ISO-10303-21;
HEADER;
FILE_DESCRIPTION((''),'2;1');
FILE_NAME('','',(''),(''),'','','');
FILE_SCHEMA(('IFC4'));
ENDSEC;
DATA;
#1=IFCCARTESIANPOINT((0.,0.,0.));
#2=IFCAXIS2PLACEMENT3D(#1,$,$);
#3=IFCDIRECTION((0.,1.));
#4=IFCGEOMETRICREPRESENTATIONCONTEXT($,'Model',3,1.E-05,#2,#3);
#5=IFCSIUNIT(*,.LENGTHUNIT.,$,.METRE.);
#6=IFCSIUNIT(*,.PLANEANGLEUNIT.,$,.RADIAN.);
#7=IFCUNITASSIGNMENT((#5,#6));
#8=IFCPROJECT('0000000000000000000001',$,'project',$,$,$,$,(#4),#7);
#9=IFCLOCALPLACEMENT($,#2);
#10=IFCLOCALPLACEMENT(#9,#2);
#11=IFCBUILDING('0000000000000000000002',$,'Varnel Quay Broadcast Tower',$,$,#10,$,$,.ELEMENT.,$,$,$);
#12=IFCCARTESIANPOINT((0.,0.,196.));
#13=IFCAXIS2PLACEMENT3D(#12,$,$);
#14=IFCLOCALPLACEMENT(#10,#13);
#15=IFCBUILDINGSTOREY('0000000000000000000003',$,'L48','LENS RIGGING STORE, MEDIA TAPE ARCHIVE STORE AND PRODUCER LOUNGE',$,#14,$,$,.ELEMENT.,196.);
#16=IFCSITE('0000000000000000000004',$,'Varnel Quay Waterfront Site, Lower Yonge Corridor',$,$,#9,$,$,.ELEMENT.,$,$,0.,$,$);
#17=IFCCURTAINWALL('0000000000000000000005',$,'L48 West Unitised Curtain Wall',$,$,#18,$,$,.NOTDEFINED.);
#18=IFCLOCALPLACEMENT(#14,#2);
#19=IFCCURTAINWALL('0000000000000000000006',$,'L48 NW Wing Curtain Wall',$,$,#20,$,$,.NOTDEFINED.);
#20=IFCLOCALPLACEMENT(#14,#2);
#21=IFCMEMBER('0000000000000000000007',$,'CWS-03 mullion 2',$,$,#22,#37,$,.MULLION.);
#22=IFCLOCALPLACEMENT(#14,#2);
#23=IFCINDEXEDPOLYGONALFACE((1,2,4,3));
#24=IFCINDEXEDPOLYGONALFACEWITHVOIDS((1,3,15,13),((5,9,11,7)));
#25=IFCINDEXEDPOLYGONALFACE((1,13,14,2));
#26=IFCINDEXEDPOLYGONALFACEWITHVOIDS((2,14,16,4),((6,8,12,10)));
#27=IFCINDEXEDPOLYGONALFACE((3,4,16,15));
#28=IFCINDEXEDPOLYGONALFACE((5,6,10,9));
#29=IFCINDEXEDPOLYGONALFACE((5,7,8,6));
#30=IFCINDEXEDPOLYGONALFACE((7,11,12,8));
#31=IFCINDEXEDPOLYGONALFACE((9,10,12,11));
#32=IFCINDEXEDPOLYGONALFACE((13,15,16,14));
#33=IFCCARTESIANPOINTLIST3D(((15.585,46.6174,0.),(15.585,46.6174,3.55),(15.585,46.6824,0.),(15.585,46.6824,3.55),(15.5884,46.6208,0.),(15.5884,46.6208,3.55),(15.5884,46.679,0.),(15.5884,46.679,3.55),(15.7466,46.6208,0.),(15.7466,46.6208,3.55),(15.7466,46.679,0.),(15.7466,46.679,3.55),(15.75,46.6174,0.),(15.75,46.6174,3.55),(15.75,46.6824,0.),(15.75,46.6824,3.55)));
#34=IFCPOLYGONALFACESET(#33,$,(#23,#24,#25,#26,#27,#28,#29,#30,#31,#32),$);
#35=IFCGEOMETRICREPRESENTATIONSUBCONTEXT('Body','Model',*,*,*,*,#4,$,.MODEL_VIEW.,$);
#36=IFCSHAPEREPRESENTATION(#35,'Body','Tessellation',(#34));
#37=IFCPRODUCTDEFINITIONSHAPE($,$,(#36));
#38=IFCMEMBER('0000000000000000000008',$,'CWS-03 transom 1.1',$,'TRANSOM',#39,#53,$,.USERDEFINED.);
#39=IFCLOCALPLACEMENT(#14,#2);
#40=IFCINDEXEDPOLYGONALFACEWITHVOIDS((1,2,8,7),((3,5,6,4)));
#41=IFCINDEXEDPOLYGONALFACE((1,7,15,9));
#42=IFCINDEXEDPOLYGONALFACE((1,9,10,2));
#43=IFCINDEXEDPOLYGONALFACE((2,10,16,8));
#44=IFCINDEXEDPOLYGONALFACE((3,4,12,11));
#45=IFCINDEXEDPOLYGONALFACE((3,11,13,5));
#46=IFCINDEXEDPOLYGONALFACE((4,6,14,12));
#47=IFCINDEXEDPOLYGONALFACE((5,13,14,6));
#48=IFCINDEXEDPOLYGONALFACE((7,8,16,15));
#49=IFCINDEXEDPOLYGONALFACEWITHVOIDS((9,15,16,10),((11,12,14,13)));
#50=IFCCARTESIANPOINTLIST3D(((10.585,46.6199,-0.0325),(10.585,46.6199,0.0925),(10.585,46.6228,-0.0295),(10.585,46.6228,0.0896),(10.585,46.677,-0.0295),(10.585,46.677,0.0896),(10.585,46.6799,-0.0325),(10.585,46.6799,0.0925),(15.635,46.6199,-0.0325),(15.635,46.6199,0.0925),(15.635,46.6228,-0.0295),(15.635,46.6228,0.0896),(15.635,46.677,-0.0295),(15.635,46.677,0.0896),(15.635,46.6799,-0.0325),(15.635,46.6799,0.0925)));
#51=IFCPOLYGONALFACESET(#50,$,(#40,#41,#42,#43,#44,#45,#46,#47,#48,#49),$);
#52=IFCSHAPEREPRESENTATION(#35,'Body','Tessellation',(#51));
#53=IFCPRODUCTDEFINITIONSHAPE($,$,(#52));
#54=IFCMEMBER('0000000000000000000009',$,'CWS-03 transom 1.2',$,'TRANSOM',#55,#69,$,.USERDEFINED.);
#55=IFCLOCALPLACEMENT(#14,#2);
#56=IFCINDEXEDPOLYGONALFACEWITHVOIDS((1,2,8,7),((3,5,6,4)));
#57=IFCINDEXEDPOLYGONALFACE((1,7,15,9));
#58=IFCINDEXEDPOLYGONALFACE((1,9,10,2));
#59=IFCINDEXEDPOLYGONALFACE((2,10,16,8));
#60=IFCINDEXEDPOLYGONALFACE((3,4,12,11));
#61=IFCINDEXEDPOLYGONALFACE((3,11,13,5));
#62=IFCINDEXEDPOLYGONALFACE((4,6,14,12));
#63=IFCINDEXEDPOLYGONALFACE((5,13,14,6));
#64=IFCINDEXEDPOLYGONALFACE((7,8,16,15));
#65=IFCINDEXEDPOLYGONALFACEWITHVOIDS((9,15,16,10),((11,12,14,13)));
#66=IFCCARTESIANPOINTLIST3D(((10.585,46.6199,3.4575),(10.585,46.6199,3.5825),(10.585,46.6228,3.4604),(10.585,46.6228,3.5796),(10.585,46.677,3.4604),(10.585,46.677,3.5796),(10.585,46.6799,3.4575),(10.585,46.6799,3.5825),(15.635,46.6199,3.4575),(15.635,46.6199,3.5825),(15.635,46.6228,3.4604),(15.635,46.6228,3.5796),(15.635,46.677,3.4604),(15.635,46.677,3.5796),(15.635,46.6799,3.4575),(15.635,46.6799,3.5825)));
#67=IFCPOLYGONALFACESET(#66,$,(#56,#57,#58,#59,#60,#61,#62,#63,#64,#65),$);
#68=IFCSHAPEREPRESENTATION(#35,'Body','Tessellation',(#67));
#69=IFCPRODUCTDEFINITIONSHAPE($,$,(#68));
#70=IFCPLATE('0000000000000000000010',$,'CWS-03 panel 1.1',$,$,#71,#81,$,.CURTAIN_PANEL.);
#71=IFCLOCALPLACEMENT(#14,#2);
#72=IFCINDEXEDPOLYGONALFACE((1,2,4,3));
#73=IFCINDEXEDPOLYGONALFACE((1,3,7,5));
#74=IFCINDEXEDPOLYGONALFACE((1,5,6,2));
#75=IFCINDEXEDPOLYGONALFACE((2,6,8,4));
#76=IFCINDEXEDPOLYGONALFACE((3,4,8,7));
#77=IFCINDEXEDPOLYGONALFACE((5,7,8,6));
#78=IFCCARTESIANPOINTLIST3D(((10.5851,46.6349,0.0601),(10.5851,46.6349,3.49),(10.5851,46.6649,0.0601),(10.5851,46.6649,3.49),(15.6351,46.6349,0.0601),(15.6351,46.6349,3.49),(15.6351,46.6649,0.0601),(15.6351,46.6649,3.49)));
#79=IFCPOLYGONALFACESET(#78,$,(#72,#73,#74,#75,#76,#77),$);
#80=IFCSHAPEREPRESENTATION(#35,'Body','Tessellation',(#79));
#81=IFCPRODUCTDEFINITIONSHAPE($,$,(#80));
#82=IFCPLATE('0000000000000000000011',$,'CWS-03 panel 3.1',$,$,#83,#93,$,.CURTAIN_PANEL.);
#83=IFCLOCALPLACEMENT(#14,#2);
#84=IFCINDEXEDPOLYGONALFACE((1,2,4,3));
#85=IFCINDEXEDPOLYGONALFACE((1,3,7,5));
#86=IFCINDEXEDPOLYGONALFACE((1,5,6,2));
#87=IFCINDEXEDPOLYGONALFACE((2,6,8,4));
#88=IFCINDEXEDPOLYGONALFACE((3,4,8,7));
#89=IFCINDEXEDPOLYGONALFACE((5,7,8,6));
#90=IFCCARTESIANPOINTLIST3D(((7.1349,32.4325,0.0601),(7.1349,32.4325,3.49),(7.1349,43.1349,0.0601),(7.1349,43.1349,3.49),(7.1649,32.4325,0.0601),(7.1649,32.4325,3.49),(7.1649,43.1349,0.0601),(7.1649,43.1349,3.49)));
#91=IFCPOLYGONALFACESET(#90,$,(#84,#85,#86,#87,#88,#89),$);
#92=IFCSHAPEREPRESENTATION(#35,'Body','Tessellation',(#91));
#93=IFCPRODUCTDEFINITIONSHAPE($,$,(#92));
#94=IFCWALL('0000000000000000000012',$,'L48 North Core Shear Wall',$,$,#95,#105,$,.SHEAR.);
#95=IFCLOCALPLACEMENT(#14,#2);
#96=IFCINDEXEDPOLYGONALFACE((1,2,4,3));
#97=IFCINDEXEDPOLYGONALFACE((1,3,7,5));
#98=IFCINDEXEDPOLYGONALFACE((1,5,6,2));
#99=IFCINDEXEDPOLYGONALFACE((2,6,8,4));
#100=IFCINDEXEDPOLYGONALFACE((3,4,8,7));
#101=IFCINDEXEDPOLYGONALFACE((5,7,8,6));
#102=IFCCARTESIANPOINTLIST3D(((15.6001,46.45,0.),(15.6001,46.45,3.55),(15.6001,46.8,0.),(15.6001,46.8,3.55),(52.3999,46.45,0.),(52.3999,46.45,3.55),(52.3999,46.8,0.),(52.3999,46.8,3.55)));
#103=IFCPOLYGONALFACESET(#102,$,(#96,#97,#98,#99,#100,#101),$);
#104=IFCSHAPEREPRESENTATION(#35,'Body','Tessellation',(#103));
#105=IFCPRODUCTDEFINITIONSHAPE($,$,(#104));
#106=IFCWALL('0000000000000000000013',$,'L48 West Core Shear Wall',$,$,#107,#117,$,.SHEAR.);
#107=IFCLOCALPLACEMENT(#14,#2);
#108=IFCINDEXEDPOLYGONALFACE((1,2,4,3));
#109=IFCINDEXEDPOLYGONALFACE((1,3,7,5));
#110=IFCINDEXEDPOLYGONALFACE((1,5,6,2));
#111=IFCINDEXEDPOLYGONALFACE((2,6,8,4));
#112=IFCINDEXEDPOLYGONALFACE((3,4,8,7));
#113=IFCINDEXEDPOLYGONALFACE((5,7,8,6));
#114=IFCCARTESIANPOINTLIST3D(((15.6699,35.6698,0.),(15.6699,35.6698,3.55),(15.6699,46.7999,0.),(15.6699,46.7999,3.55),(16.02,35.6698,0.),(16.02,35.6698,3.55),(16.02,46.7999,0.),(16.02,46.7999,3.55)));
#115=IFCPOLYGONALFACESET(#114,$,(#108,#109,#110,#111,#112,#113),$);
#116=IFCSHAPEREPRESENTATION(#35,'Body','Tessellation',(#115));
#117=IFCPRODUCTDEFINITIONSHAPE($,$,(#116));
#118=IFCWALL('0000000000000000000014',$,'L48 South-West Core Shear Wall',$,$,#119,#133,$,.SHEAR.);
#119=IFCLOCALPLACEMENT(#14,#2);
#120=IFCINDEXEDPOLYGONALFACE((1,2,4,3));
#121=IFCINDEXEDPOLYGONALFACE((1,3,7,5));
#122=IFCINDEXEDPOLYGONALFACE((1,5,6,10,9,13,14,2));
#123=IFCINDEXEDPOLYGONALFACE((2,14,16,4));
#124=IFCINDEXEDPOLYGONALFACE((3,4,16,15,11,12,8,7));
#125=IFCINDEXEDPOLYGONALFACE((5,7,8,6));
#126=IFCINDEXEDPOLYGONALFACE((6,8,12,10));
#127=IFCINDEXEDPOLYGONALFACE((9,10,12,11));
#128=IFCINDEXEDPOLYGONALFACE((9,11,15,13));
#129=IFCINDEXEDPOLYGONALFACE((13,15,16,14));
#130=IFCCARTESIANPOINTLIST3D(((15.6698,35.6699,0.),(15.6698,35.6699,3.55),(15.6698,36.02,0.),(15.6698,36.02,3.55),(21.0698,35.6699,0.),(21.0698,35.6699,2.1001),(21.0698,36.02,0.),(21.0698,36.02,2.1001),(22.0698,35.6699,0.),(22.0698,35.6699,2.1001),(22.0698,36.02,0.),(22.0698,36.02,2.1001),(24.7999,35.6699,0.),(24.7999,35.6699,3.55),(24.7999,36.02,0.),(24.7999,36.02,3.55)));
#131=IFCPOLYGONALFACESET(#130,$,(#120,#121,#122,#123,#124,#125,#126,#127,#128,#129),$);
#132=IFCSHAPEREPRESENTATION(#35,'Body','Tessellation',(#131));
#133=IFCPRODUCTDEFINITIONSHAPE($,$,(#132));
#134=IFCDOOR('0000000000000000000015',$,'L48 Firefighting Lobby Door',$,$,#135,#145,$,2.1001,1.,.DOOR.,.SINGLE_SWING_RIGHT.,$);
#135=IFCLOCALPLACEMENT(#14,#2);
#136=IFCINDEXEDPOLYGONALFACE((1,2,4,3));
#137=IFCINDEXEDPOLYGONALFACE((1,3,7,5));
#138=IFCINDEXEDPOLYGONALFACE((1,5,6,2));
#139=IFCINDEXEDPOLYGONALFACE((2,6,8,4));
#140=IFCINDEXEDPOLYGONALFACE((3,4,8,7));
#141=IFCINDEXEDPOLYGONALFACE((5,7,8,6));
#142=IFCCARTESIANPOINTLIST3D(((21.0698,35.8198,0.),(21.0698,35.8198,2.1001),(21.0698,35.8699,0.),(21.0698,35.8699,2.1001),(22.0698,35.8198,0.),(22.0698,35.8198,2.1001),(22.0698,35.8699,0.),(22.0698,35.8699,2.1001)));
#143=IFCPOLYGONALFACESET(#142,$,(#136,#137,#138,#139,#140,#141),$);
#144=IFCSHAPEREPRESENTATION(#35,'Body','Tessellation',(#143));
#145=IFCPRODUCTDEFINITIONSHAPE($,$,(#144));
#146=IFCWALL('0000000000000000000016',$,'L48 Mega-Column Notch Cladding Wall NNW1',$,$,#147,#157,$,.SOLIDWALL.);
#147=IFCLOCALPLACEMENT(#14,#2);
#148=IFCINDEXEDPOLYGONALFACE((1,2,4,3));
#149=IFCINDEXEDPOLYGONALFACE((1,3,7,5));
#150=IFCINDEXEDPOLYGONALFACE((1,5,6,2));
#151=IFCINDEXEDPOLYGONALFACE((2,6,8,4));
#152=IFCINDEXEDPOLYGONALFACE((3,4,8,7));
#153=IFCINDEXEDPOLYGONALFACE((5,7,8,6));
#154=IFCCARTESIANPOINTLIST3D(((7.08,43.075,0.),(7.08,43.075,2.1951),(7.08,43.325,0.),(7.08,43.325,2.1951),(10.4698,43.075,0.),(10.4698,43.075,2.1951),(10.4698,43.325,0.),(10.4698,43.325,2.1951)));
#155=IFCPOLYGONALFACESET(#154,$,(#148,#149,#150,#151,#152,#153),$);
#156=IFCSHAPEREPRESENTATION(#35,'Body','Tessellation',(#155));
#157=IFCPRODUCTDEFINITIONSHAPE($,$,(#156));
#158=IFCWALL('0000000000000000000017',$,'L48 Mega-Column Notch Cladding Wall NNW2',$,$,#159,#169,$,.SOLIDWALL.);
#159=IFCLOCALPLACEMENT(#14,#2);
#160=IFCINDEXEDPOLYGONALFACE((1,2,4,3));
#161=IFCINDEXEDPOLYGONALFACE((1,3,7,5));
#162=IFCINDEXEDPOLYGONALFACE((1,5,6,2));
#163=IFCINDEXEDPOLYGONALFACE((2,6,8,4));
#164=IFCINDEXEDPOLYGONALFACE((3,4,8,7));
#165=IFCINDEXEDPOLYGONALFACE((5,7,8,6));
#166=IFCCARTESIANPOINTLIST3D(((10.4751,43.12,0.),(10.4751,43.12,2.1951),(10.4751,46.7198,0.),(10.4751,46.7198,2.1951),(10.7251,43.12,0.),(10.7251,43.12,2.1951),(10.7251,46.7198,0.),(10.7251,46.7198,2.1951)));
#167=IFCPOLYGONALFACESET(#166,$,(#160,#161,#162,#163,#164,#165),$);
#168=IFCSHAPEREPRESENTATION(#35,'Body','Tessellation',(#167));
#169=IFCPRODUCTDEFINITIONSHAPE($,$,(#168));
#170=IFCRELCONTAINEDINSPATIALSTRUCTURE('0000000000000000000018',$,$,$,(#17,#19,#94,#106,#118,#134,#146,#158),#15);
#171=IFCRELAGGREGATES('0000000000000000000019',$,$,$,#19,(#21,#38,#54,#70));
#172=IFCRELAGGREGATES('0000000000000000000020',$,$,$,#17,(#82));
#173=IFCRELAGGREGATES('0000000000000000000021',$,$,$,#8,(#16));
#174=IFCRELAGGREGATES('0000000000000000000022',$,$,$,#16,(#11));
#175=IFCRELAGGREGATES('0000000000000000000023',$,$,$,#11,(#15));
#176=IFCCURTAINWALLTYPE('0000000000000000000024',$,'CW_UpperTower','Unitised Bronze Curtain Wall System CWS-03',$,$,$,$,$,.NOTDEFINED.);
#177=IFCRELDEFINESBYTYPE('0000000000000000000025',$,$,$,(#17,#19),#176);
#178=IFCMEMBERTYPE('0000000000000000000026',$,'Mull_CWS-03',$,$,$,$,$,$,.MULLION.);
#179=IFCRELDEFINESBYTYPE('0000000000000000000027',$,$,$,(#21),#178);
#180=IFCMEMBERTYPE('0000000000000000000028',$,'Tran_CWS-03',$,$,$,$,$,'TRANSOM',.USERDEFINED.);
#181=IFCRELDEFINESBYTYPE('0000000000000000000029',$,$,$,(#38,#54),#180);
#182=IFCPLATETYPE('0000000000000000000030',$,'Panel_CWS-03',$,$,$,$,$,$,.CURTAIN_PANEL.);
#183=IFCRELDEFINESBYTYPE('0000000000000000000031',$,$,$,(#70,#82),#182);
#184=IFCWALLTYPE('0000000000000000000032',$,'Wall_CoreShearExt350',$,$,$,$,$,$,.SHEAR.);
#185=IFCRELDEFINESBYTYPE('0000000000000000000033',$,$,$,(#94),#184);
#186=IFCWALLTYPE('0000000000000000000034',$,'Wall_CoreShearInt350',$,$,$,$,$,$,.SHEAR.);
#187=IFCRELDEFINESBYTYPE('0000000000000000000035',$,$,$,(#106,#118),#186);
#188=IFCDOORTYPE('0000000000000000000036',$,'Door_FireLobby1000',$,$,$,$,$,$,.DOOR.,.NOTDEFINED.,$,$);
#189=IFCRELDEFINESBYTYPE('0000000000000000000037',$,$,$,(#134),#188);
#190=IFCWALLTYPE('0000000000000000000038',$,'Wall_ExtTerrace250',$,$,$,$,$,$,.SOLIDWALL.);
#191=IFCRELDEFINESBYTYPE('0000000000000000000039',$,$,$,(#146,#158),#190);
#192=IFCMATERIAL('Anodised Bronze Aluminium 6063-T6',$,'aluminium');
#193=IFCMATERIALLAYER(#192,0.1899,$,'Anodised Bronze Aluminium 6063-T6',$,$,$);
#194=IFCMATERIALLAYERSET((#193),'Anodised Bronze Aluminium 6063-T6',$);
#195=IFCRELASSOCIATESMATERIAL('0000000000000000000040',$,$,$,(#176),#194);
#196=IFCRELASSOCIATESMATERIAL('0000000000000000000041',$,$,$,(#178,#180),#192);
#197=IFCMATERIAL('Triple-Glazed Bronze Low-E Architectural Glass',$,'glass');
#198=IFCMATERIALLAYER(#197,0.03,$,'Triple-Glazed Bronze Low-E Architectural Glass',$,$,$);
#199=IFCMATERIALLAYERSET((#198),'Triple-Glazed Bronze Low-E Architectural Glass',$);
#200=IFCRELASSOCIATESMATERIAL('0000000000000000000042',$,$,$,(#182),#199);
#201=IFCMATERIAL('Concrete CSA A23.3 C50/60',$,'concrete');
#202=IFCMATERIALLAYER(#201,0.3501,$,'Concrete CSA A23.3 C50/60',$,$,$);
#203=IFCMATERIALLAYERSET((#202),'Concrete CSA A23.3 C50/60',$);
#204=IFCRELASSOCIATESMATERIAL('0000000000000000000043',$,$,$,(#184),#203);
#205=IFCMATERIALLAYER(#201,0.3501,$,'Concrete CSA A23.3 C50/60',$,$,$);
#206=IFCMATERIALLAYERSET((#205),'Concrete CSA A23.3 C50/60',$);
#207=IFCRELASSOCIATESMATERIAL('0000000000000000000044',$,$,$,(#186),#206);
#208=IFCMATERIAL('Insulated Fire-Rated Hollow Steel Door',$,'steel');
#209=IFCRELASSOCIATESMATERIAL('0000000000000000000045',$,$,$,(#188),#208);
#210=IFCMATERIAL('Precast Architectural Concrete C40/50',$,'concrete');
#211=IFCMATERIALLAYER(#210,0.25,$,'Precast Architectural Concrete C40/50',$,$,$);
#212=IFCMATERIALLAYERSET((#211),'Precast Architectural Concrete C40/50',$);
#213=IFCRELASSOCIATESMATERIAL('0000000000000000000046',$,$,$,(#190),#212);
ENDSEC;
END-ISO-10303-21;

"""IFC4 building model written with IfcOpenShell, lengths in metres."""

from ifc_helpers import new_model, si_unit, direction, frame, frame_2d, origin, origin_2d, place, context, subcontext, project, spatial, rectangle, hollow_rectangle, extrude, source, transform, mapped, material, layer, layer_set, material_profile, profile_set, type_object, type_shapes, element, fill, aggregate, save


model = new_model("IFC4")

# Units and contexts
model_context = context("Model", 3, precision=1e-05, world=origin(), true_north=direction((0.0, 1.0)))
body_context = subcontext(model_context, "Body", "Model", "MODEL_VIEW")
ifc_project = project(units=[si_unit("LENGTHUNIT", "METRE"), si_unit("PLANEANGLEUNIT", "RADIAN")], contexts=[model_context])

# Site, building, storey
site_placement = place(None, origin())
site = spatial("IfcSite", under=ifc_project, at=site_placement, Name="Varnel Quay Waterfront Site, Lower Yonge Corridor", CompositionType="ELEMENT", RefElevation=0.0)
building_placement = place(site_placement, origin())
building = spatial("IfcBuilding", under=site, at=building_placement, Name="Varnel Quay Broadcast Tower", CompositionType="ELEMENT")
storey_placement = place(building_placement, frame((0.0, 0.0, 196.0)))
storey = spatial("IfcBuildingStorey", under=building, at=storey_placement, Name="L48", Description="LENS RIGGING STORE, MEDIA TAPE ARCHIVE STORE AND PRODUCER LOUNGE", CompositionType="ELEMENT", Elevation=196.0)

# Curtain wall
ifc_material_1 = material(Name="Anodised Bronze Aluminium 6063-T6", Category="aluminium")
ifc_layer_1 = layer(ifc_material_1, 0.1899, Name="Anodised Bronze Aluminium 6063-T6")
ifc_layer_set_1 = layer_set([ifc_layer_1], Name="Anodised Bronze Aluminium 6063-T6")
curtain_wall_type = type_object("IfcCurtainWallType", Name="CW_UpperTower", Description="Unitised Bronze Curtain Wall System CWS-03", PredefinedType="NOTDEFINED", material=ifc_layer_set_1)
curtain_wall_1_placement = place(storey_placement, origin())
curtain_wall_1 = element("IfcCurtainWall", 1, at=curtain_wall_1_placement, inside=storey, type_object=curtain_wall_type, Name="L48 West Unitised Curtain Wall", PredefinedType="NOTDEFINED")
ifc_material_profile_1 = material_profile(ifc_material_1, hollow_rectangle(XDim=0.0649, YDim=0.165, WallThickness=0.0034, at=origin_2d()), Name="ALU65X165X3.5")
ifc_profile_set_1 = profile_set([ifc_material_profile_1], Name="Anodised Bronze Aluminium 6063-T6")
member_type_1 = type_object("IfcMemberType", Name="Mull_CWS-03", PredefinedType="MULLION", material=ifc_profile_set_1)
shared_shape_1 = source(origin(), body_context, "Body", "SweptSolid", [
    extrude(hollow_rectangle(XDim=0.0649, YDim=0.165, WallThickness=0.0034, at=origin_2d()), origin(), (0.0, 0.0, 1.0), 3.55),
])
type_shapes(member_type_1, [shared_shape_1])

# Curtain wall, members, plate
curtain_wall_2_placement = place(storey_placement, origin())
curtain_wall_2 = element("IfcCurtainWall", 2, at=curtain_wall_2_placement, inside=storey, type_object=curtain_wall_type, Name="L48 NW Wing Curtain Wall", PredefinedType="NOTDEFINED")
member_1_placement = place(storey_placement, frame((15.6675, 46.6499, 0.0), z_axis=(0.0, 0.0, 1.0), x_axis=(0.0, 1.0, 0.0)))
member_1 = element("IfcMember", 3, at=member_1_placement, type_object=member_type_1, Name="CWS-03 mullion 2", PredefinedType="MULLION", context=body_context, shape_type="MappedRepresentation", body=[
    mapped(shared_shape_1, transform((0.0, 0.0, 0.0), x_axis=(1.0, 0.0, 0.0), y_axis=(0.0, 1.0, 0.0), z_axis=(0.0, 0.0, 1.0), scale=1.0)),
])
ifc_material_profile_2 = material_profile(ifc_material_1, hollow_rectangle(XDim=0.0601, YDim=0.125, WallThickness=0.0029, at=origin_2d()), Name="ALU60X125X3")
ifc_profile_set_2 = profile_set([ifc_material_profile_2], Name="Anodised Bronze Aluminium 6063-T6")
member_type_2 = type_object("IfcMemberType", Name="Tran_CWS-03", ElementType="TRANSOM", PredefinedType="USERDEFINED", material=ifc_profile_set_2)
shared_shape_2 = source(origin(), body_context, "Body", "SweptSolid", [
    extrude(hollow_rectangle(XDim=0.0601, YDim=0.125, WallThickness=0.0029, at=origin_2d()), origin(), (0.0, 0.0, 1.0), 5.05),
])
type_shapes(member_type_2, [shared_shape_2])
member_2_placement = place(storey_placement, frame((10.585, 46.6499, 0.03), z_axis=(1.0, 0.0, 0.0), x_axis=(0.0, 1.0, 0.0)))
member_2 = element("IfcMember", 4, at=member_2_placement, type_object=member_type_2, Name="CWS-03 transom 1.1", ObjectType="TRANSOM", PredefinedType="USERDEFINED", context=body_context, shape_type="MappedRepresentation", body=[
    mapped(shared_shape_2, transform((0.0, 0.0, 0.0), x_axis=(1.0, 0.0, 0.0), y_axis=(0.0, 1.0, 0.0), z_axis=(0.0, 0.0, 1.0), scale=1.0)),
])
member_3_placement = place(storey_placement, frame((10.585, 46.6499, 3.52), z_axis=(1.0, 0.0, 0.0), x_axis=(0.0, 1.0, 0.0)))
member_3 = element("IfcMember", 5, at=member_3_placement, type_object=member_type_2, Name="CWS-03 transom 1.2", ObjectType="TRANSOM", PredefinedType="USERDEFINED", context=body_context, shape_type="MappedRepresentation", body=[
    mapped(shared_shape_2, transform((0.0, 0.0, 0.0), x_axis=(1.0, 0.0, 0.0), y_axis=(0.0, 1.0, 0.0), z_axis=(0.0, 0.0, 1.0), scale=1.0)),
])
ifc_material_2 = material(Name="Triple-Glazed Bronze Low-E Architectural Glass", Category="glass")
ifc_layer_2 = layer(ifc_material_2, 0.03, Name="Triple-Glazed Bronze Low-E Architectural Glass")
ifc_layer_set_2 = layer_set([ifc_layer_2], Name="Triple-Glazed Bronze Low-E Architectural Glass")
plate_type = type_object("IfcPlateType", Name="Panel_CWS-03", PredefinedType="CURTAIN_PANEL", material=ifc_layer_set_2)
shared_shape_3 = source(origin(), body_context, "Body", "SweptSolid", [
    extrude(rectangle(XDim=5.05, YDim=0.03, at=origin_2d()), origin(), (0.0, 0.0, 1.0), 3.4299),
])
plate_1_placement = place(storey_placement, frame((13.1101, 46.6499, 0.0601), z_axis=(0.0, 0.0, 1.0), x_axis=(1.0, 0.0, 0.0)))
plate_1 = element("IfcPlate", 6, at=plate_1_placement, type_object=plate_type, Name="CWS-03 panel 1.1", PredefinedType="CURTAIN_PANEL", context=body_context, shape_type="MappedRepresentation", body=[
    mapped(shared_shape_3, transform((0.0, 0.0, 0.0), x_axis=(1.0, 0.0, 0.0), y_axis=(0.0, 1.0, 0.0), z_axis=(0.0, 0.0, 1.0), scale=1.0)),
])
aggregate(curtain_wall_2, [member_1, member_2, member_3, plate_1])

# Plate
shared_shape_4 = source(origin(), body_context, "Body", "SweptSolid", [
    extrude(rectangle(XDim=10.7024, YDim=0.03, at=origin_2d()), origin(), (0.0, 0.0, 1.0), 3.4299),
])
type_shapes(plate_type, [shared_shape_3, shared_shape_4])
plate_2_placement = place(storey_placement, frame((7.1499, 37.7837, 0.0601), z_axis=(0.0, 0.0, 1.0), x_axis=(0.0, 1.0, 0.0)))
plate_2 = element("IfcPlate", 7, at=plate_2_placement, type_object=plate_type, Name="CWS-03 panel 3.1", PredefinedType="CURTAIN_PANEL", context=body_context, shape_type="MappedRepresentation", body=[
    mapped(shared_shape_4, transform((0.0, 0.0, 0.0), x_axis=(1.0, 0.0, 0.0), y_axis=(0.0, 1.0, 0.0), z_axis=(0.0, 0.0, 1.0), scale=1.0)),
])
aggregate(curtain_wall_1, [plate_2])

# Walls
ifc_material_3 = material(Name="Concrete CSA A23.3 C50/60", Category="concrete")
ifc_layer_3 = layer(ifc_material_3, 0.3501, Name="Concrete CSA A23.3 C50/60")
ifc_layer_set_3 = layer_set([ifc_layer_3], Name="Concrete CSA A23.3 C50/60")
wall_type_1 = type_object("IfcWallType", Name="Wall_CoreShearExt350", PredefinedType="SHEAR", material=ifc_layer_set_3)
wall_1_placement = place(storey_placement, frame((15.6001, 46.625, 0.0), z_axis=(0.0, 0.0, 1.0), x_axis=(1.0, 0.0, 0.0)))
element("IfcWall", 8, at=wall_1_placement, inside=storey, type_object=wall_type_1, Name="L48 North Core Shear Wall", PredefinedType="SHEAR", context=body_context, shape_type="SweptSolid", body=[
    extrude(rectangle(XDim=36.7998, YDim=0.3501, at=frame_2d((18.3999, 0.0))), origin(), (0.0, 0.0, 1.0), 3.55),
])
ifc_layer_4 = layer(ifc_material_3, 0.3501, Name="Concrete CSA A23.3 C50/60")
ifc_layer_set_4 = layer_set([ifc_layer_4], Name="Concrete CSA A23.3 C50/60")
wall_type_2 = type_object("IfcWallType", Name="Wall_CoreShearInt350", PredefinedType="SHEAR", material=ifc_layer_set_4)
wall_2_placement = place(storey_placement, frame((15.845, 35.6699, 0.0), z_axis=(0.0, 0.0, 1.0), x_axis=(0.0, 1.0, 0.0)))
element("IfcWall", 9, at=wall_2_placement, inside=storey, type_object=wall_type_2, Name="L48 West Core Shear Wall", PredefinedType="SHEAR", context=body_context, shape_type="SweptSolid", body=[
    extrude(rectangle(XDim=11.1301, YDim=0.3501, at=frame_2d((5.5649, 0.0))), origin(), (0.0, 0.0, 1.0), 3.55),
])

# Wall, opening, door
wall_3_placement = place(storey_placement, frame((15.6699, 35.845, 0.0), z_axis=(0.0, 0.0, 1.0), x_axis=(1.0, 0.0, 0.0)))
wall_3 = element("IfcWall", 10, at=wall_3_placement, inside=storey, type_object=wall_type_2, Name="L48 South-West Core Shear Wall", PredefinedType="SHEAR", context=body_context, shape_type="SweptSolid", body=[
    extrude(rectangle(XDim=9.1301, YDim=0.3501, at=frame_2d((4.5649, 0.0))), origin(), (0.0, 0.0, 1.0), 3.55),
])
opening_placement = place(wall_3_placement, frame((5.3999, 0.0, 0.0)))
opening = element("IfcOpeningElement", 11, at=opening_placement, cuts=wall_3, PredefinedType="OPENING", context=body_context, shape_type="SweptSolid", body=[
    extrude(rectangle(XDim=1.0, YDim=2.1001, at=frame_2d((0.5, 1.05))), frame((0.0, 0.1851, 0.0), z_axis=(0.0, -1.0, 0.0), x_axis=(1.0, 0.0, 0.0)), (0.0, 0.0, 1.0), 0.3701),
])
ifc_material_4 = material(Name="Insulated Fire-Rated Hollow Steel Door", Category="steel")
door_type = type_object("IfcDoorType", Name="Door_FireLobby1000", OperationType="NOTDEFINED", PredefinedType="DOOR", material=ifc_material_4)
shared_shape_5 = source(origin(), body_context, "Body", "SweptSolid", [
    extrude(rectangle(XDim=1.0, YDim=2.1001, at=frame_2d((0.5, 1.05))), frame((0.0, 0.0249, 0.0), z_axis=(0.0, -1.0, 0.0), x_axis=(1.0, 0.0, 0.0)), (0.0, 0.0, 1.0), 0.05),
])
type_shapes(door_type, [shared_shape_5])
door_placement = place(opening_placement, origin())
door = element("IfcDoor", 12, at=door_placement, inside=storey, type_object=door_type, Name="L48 Firefighting Lobby Door", OperationType="SINGLE_SWING_RIGHT", OverallHeight=2.1001, OverallWidth=1.0, PredefinedType="DOOR", context=body_context, shape_type="MappedRepresentation", body=[
    mapped(shared_shape_5, transform((0.0, 0.0, 0.0), x_axis=(1.0, 0.0, 0.0), y_axis=(0.0, 1.0, 0.0), z_axis=(0.0, 0.0, 1.0), scale=1.0)),
])
fill(opening, door)

# Walls
ifc_material_5 = material(Name="Precast Architectural Concrete C40/50", Category="concrete")
ifc_layer_5 = layer(ifc_material_5, 0.25, Name="Precast Architectural Concrete C40/50")
ifc_layer_set_5 = layer_set([ifc_layer_5], Name="Precast Architectural Concrete C40/50")
wall_type_3 = type_object("IfcWallType", Name="Wall_ExtTerrace250", PredefinedType="SOLIDWALL", material=ifc_layer_set_5)
wall_4_placement = place(storey_placement, frame((7.0801, 43.2, 0.0), z_axis=(0.0, 0.0, 1.0), x_axis=(1.0, 0.0, 0.0)))
element("IfcWall", 13, at=wall_4_placement, inside=storey, type_object=wall_type_3, Name="L48 Mega-Column Notch Cladding Wall NNW1", PredefinedType="SOLIDWALL", context=body_context, shape_type="SweptSolid", body=[
    extrude(rectangle(XDim=3.3899, YDim=0.25, at=frame_2d((1.6948, 0.0))), origin(), (0.0, 0.0, 1.0), 2.1951),
])
wall_5_placement = place(storey_placement, frame((10.6001, 43.1201, 0.0), z_axis=(0.0, 0.0, 1.0), x_axis=(0.0, 1.0, 0.0)))
element("IfcWall", 14, at=wall_5_placement, inside=storey, type_object=wall_type_3, Name="L48 Mega-Column Notch Cladding Wall NNW2", PredefinedType="SOLIDWALL", context=body_context, shape_type="SweptSolid", body=[
    extrude(rectangle(XDim=3.5999, YDim=0.25, at=frame_2d((1.7998, 0.0))), origin(), (0.0, 0.0, 1.0), 2.1951),
])

save(model, "model.ifc")
